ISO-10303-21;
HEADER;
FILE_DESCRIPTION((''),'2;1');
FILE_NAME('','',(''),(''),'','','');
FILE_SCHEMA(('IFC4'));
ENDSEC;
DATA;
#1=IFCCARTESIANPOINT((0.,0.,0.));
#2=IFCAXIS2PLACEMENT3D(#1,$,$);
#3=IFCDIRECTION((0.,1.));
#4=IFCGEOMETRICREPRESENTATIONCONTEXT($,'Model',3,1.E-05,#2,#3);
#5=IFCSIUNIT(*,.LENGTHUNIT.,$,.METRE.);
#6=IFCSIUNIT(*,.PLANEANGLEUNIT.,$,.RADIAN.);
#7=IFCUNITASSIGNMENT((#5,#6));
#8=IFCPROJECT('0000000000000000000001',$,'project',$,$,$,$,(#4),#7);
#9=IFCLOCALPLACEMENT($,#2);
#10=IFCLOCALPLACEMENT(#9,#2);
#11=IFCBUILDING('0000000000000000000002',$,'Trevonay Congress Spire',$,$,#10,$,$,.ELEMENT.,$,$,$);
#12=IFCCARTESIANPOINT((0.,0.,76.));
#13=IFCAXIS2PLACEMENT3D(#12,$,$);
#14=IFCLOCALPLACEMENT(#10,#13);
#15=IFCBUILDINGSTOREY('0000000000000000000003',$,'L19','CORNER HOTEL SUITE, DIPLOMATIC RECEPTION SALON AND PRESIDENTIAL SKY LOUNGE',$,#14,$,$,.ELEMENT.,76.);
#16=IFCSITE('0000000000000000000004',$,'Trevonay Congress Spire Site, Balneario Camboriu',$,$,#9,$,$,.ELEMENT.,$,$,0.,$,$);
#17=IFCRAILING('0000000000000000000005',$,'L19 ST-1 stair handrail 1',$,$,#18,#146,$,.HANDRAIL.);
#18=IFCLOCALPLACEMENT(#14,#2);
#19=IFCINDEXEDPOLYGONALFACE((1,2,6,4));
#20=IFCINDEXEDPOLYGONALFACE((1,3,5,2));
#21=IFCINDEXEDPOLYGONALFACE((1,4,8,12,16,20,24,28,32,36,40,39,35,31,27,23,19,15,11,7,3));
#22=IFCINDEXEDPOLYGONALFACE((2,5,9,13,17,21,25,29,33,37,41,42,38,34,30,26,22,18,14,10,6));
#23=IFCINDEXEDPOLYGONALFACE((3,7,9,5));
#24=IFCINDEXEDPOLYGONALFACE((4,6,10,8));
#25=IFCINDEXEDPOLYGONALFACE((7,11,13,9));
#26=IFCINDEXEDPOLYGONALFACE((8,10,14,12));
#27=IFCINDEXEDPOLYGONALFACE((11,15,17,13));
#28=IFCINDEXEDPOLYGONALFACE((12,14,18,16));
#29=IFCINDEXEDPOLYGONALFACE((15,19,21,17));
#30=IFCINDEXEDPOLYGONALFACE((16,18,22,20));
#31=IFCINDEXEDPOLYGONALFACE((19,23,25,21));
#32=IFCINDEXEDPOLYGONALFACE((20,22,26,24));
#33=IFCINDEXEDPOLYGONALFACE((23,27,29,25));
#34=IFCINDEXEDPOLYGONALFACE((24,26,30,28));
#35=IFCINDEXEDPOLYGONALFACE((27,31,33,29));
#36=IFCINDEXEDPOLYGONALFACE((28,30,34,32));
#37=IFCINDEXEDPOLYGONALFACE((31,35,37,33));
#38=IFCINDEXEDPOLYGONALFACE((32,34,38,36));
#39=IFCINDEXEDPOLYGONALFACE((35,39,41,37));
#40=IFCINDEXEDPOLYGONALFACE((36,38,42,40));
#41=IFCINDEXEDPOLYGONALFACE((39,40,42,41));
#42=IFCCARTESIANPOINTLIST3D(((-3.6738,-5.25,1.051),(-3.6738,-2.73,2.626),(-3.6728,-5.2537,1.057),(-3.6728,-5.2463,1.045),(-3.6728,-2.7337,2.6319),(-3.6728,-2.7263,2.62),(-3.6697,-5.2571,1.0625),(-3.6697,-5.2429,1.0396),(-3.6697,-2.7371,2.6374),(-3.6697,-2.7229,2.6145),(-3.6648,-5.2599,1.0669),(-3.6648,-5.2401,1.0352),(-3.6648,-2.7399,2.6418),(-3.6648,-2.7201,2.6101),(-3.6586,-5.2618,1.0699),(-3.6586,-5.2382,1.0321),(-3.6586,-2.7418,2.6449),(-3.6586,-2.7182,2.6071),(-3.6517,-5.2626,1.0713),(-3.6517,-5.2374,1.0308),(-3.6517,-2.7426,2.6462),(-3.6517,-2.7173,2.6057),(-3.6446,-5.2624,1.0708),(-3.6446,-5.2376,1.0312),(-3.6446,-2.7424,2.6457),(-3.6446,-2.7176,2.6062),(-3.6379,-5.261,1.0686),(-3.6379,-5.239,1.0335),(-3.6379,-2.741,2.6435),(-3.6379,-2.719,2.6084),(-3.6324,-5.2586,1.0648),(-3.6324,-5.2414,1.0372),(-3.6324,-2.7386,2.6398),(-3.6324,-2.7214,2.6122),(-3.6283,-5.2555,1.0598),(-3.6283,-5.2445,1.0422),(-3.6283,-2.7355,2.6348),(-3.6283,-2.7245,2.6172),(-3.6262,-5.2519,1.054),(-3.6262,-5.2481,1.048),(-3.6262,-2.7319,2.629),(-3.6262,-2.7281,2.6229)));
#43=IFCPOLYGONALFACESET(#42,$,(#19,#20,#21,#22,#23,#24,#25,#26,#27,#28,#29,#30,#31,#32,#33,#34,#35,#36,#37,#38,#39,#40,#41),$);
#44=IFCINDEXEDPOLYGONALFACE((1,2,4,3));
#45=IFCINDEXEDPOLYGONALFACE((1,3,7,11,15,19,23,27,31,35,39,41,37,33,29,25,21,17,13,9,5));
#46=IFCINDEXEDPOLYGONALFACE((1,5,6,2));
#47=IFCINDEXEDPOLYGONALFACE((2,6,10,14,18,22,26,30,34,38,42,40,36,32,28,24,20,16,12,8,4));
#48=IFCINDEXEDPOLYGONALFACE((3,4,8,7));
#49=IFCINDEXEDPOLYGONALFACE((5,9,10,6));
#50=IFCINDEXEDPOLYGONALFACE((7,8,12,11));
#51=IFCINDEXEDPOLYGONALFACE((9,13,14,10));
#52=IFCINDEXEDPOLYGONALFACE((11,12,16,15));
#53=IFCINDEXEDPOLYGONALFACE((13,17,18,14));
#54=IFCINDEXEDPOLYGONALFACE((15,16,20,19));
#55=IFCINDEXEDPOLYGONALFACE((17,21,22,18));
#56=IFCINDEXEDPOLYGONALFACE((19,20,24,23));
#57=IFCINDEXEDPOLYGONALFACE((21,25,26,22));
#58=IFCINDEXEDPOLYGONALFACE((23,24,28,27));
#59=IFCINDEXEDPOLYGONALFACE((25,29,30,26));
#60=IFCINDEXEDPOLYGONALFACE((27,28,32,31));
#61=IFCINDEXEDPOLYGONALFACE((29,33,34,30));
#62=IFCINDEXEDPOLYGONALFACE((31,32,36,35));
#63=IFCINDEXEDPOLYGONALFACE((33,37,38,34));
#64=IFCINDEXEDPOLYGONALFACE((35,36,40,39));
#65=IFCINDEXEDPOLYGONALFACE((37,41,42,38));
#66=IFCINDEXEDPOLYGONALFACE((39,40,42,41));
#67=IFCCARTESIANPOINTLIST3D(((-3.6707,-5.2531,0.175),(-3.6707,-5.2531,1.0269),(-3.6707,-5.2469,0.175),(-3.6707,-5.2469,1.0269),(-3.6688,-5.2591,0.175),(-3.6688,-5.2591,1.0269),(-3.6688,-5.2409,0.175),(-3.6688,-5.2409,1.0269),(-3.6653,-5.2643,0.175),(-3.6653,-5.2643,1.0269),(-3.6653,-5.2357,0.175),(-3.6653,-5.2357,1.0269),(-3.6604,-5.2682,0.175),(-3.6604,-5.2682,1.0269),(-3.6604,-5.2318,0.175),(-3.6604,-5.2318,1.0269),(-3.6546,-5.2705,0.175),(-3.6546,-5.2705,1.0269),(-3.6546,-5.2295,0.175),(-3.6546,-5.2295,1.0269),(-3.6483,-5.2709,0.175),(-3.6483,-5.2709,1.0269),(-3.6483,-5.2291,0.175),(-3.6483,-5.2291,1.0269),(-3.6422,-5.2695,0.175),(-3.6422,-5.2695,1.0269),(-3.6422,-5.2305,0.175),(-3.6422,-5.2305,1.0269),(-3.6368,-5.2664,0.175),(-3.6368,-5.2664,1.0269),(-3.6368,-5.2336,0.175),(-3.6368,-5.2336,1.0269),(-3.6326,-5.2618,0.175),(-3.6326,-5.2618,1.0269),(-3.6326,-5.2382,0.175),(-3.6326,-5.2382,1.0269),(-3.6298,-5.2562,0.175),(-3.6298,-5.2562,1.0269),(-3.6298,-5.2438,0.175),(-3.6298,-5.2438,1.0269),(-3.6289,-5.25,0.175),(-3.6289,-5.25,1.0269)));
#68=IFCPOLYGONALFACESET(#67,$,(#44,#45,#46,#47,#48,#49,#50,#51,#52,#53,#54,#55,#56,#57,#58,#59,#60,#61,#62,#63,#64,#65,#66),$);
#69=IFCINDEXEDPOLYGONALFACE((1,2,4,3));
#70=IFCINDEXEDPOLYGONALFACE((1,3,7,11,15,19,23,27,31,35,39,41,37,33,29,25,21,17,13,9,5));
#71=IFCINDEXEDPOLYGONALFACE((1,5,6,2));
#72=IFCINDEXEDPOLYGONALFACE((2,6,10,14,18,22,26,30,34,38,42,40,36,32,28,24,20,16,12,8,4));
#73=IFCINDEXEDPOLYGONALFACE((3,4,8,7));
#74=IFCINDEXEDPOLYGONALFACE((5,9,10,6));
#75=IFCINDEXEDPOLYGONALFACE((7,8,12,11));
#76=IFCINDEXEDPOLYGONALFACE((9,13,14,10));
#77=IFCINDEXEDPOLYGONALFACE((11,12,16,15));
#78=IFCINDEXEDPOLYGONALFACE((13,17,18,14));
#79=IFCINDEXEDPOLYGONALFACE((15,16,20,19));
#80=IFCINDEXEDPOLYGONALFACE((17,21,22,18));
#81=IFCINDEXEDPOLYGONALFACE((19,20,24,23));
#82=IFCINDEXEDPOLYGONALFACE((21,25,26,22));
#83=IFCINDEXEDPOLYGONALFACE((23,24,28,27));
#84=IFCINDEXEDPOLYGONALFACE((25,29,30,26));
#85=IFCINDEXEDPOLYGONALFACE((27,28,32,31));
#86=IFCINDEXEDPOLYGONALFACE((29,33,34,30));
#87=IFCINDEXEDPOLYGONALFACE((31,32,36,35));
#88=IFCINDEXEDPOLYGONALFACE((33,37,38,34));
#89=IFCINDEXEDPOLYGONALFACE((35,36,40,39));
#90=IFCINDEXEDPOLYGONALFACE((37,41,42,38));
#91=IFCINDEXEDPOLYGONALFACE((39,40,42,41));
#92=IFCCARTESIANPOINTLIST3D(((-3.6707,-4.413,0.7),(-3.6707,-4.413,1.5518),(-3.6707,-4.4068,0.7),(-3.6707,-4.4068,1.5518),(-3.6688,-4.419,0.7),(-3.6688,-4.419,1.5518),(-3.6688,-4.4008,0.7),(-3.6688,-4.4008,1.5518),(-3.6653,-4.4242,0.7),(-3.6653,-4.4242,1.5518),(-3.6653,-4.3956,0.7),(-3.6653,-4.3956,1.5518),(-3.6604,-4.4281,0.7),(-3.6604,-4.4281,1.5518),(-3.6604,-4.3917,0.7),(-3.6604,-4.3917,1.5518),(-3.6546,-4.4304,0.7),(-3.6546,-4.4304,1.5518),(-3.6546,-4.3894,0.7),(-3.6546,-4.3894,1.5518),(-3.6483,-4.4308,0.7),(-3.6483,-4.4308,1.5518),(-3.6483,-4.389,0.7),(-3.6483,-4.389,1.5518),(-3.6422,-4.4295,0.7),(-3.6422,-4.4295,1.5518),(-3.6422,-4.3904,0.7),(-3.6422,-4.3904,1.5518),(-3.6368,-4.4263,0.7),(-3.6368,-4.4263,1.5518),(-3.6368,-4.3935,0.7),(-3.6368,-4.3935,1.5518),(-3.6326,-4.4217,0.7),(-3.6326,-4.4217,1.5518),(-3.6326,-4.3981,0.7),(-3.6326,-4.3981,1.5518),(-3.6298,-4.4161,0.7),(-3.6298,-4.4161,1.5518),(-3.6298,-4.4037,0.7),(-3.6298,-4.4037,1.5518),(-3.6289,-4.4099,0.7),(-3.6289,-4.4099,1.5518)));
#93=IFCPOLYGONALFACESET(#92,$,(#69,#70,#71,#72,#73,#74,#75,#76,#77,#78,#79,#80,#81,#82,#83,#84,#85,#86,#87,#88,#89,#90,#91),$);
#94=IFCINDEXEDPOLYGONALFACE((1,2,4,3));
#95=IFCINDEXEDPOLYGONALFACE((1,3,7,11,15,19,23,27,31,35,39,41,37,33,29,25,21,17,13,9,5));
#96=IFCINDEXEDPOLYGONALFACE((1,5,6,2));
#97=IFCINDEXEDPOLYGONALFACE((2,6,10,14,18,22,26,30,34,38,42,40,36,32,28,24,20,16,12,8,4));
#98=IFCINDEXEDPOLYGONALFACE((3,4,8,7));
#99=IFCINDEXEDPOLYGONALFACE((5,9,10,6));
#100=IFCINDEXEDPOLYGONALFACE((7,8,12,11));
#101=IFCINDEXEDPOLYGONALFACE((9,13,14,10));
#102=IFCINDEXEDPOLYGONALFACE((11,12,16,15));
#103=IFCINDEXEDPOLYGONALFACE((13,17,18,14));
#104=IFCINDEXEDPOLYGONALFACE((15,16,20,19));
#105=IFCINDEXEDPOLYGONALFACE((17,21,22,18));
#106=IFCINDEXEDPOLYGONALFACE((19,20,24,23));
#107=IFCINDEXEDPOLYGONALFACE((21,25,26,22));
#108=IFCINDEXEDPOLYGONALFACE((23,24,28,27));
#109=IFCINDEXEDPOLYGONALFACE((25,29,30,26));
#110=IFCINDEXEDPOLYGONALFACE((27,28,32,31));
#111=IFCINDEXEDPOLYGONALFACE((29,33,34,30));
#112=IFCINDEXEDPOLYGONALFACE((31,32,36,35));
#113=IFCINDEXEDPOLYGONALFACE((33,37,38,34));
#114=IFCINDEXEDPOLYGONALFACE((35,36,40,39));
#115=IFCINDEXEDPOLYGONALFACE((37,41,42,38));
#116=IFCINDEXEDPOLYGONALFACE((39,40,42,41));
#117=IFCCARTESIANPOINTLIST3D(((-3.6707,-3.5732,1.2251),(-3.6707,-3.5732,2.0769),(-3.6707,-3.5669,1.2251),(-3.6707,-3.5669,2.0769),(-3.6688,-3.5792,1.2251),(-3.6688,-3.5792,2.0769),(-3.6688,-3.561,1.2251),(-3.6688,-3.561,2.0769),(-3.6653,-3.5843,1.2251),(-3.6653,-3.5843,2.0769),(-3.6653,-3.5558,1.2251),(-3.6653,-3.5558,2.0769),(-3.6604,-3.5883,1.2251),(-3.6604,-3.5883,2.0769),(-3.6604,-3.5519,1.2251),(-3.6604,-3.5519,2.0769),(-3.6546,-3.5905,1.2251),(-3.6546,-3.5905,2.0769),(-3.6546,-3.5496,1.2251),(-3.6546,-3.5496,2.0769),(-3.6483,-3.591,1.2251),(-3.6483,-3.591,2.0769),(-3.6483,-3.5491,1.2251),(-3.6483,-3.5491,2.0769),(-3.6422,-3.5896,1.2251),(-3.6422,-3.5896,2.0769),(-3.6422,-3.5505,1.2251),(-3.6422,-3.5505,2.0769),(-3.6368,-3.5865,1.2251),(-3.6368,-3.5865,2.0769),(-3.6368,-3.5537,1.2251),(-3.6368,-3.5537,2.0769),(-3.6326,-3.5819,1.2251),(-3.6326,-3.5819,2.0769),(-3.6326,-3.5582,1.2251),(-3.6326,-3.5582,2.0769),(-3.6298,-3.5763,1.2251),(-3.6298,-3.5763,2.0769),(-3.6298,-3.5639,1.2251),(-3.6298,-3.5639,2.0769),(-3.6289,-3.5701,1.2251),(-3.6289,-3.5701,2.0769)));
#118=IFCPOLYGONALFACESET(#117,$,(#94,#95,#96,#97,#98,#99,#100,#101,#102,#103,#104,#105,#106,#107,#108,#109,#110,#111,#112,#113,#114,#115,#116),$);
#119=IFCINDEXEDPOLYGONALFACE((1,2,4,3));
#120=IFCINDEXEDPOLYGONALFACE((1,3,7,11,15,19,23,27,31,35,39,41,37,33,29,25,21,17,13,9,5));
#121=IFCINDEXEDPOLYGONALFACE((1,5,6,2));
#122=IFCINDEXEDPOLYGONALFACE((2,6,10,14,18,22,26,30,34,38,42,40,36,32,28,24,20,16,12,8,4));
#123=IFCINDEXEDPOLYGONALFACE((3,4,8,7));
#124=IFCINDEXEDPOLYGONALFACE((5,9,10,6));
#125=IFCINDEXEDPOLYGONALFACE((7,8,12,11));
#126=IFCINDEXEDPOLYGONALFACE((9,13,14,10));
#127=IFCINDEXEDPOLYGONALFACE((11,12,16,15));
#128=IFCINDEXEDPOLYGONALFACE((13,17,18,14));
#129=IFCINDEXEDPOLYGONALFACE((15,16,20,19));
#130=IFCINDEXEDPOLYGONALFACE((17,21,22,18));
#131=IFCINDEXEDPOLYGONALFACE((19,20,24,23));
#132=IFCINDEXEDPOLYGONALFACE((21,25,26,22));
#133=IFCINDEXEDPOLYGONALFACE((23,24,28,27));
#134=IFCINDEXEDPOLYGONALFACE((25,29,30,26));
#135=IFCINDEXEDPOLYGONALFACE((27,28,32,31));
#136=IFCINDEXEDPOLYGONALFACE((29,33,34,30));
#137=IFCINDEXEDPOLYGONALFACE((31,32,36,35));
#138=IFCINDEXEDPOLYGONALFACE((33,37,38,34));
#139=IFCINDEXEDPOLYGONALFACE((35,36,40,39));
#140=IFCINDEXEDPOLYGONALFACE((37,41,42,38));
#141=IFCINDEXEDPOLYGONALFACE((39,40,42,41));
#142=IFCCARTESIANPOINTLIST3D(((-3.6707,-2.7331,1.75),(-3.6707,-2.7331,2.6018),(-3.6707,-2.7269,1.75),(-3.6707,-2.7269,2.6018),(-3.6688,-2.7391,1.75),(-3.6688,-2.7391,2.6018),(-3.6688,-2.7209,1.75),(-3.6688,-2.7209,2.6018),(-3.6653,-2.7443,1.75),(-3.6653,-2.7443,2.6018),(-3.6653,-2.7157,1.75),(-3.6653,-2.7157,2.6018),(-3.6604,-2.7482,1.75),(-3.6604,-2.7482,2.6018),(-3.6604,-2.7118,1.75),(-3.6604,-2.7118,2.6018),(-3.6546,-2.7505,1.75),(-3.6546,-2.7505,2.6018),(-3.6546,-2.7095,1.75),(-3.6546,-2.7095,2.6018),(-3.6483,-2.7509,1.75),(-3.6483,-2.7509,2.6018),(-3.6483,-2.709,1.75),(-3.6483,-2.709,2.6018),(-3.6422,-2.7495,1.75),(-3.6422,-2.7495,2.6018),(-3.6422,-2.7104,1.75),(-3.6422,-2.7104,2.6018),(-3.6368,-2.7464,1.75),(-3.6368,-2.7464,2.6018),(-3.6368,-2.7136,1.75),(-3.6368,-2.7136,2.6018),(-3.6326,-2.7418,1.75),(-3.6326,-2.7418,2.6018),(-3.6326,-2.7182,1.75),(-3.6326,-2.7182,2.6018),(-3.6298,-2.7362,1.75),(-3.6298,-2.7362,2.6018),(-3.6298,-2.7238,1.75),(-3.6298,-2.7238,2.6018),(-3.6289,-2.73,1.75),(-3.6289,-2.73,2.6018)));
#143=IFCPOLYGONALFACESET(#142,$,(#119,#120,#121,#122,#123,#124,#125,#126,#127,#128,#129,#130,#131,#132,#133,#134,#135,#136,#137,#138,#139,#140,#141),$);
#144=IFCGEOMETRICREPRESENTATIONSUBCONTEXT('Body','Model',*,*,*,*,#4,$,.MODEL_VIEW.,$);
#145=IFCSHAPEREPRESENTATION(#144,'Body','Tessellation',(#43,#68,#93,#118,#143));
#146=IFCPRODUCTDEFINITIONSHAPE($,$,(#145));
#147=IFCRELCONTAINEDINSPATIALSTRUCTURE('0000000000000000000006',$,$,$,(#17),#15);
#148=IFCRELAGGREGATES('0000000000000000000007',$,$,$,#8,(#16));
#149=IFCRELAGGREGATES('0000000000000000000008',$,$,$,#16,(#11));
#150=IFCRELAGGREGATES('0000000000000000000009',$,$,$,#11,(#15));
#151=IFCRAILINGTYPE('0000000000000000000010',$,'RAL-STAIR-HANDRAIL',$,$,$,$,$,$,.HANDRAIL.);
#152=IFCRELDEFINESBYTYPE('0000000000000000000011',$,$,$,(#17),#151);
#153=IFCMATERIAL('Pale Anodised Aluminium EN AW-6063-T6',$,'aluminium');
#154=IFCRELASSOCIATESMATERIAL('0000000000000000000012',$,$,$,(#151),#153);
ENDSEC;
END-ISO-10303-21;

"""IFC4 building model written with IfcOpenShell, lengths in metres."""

from ifc_helpers import new_model, si_unit, direction, frame, origin, origin_2d, place, context, subcontext, project, spatial, circle, extrude, material, type_object, element, save


model = new_model("IFC4")

# Units and contexts
model_context = context("Model", 3, precision=1e-05, world=origin(), true_north=direction((0.0, 1.0)))
body_context = subcontext(model_context, "Body", "Model", "MODEL_VIEW")
ifc_project = project(units=[si_unit("LENGTHUNIT", "METRE"), si_unit("PLANEANGLEUNIT", "RADIAN")], contexts=[model_context])

# Site, building, storey
site_placement = place(None, origin())
site = spatial("IfcSite", under=ifc_project, at=site_placement, Name="Trevonay Congress Spire Site, Balneario Camboriu", CompositionType="ELEMENT", RefElevation=0.0)
building_placement = place(site_placement, origin())
building = spatial("IfcBuilding", under=site, at=building_placement, Name="Trevonay Congress Spire", CompositionType="ELEMENT")
storey_placement = place(building_placement, frame((0.0, 0.0, 76.0)))
storey = spatial("IfcBuildingStorey", under=building, at=storey_placement, Name="L19", Description="CORNER HOTEL SUITE, DIPLOMATIC RECEPTION SALON AND PRESIDENTIAL SKY LOUNGE", CompositionType="ELEMENT", Elevation=76.0)

# Shared definitions
ifc_material_1 = material(Name="Pale Anodised Aluminium EN AW-6063-T6", Category="aluminium")

# Railing
railing_type_1 = type_object("IfcRailingType", Name="RAL-STAIR-HANDRAIL", PredefinedType="HANDRAIL", material=ifc_material_1)
railing_1_placement = place(storey_placement, frame((-3.6499, -5.25, 0.175)))
element("IfcRailing", 1, at=railing_1_placement, inside=storey, type_object=railing_type_1, Name="L19 ST-1 stair handrail 1", PredefinedType="HANDRAIL", context=body_context, shape_type="SweptSolid", body=[
    extrude(circle(Radius=0.0239, at=origin_2d()), frame((0.0, 0.0, 0.876), z_axis=(0.0, 0.848008, 0.529984), x_axis=(-1.0, 0.0, 0.0)), (0.0, 0.0, 1.0), 2.9717),
    extrude(circle(Radius=0.021, at=origin_2d()), origin(), (0.0, 0.0, 1.0), 0.8518),
    extrude(circle(Radius=0.021, at=origin_2d()), frame((0.0, 0.8401, 0.5249)), (0.0, 0.0, 1.0), 0.8518),
    extrude(circle(Radius=0.021, at=origin_2d()), frame((0.0, 1.6799, 1.05)), (0.0, 0.0, 1.0), 0.8518),
    extrude(circle(Radius=0.021, at=origin_2d()), frame((0.0, 2.52, 1.575)), (0.0, 0.0, 1.0), 0.8518),
])

save(model, "model.ifc")
